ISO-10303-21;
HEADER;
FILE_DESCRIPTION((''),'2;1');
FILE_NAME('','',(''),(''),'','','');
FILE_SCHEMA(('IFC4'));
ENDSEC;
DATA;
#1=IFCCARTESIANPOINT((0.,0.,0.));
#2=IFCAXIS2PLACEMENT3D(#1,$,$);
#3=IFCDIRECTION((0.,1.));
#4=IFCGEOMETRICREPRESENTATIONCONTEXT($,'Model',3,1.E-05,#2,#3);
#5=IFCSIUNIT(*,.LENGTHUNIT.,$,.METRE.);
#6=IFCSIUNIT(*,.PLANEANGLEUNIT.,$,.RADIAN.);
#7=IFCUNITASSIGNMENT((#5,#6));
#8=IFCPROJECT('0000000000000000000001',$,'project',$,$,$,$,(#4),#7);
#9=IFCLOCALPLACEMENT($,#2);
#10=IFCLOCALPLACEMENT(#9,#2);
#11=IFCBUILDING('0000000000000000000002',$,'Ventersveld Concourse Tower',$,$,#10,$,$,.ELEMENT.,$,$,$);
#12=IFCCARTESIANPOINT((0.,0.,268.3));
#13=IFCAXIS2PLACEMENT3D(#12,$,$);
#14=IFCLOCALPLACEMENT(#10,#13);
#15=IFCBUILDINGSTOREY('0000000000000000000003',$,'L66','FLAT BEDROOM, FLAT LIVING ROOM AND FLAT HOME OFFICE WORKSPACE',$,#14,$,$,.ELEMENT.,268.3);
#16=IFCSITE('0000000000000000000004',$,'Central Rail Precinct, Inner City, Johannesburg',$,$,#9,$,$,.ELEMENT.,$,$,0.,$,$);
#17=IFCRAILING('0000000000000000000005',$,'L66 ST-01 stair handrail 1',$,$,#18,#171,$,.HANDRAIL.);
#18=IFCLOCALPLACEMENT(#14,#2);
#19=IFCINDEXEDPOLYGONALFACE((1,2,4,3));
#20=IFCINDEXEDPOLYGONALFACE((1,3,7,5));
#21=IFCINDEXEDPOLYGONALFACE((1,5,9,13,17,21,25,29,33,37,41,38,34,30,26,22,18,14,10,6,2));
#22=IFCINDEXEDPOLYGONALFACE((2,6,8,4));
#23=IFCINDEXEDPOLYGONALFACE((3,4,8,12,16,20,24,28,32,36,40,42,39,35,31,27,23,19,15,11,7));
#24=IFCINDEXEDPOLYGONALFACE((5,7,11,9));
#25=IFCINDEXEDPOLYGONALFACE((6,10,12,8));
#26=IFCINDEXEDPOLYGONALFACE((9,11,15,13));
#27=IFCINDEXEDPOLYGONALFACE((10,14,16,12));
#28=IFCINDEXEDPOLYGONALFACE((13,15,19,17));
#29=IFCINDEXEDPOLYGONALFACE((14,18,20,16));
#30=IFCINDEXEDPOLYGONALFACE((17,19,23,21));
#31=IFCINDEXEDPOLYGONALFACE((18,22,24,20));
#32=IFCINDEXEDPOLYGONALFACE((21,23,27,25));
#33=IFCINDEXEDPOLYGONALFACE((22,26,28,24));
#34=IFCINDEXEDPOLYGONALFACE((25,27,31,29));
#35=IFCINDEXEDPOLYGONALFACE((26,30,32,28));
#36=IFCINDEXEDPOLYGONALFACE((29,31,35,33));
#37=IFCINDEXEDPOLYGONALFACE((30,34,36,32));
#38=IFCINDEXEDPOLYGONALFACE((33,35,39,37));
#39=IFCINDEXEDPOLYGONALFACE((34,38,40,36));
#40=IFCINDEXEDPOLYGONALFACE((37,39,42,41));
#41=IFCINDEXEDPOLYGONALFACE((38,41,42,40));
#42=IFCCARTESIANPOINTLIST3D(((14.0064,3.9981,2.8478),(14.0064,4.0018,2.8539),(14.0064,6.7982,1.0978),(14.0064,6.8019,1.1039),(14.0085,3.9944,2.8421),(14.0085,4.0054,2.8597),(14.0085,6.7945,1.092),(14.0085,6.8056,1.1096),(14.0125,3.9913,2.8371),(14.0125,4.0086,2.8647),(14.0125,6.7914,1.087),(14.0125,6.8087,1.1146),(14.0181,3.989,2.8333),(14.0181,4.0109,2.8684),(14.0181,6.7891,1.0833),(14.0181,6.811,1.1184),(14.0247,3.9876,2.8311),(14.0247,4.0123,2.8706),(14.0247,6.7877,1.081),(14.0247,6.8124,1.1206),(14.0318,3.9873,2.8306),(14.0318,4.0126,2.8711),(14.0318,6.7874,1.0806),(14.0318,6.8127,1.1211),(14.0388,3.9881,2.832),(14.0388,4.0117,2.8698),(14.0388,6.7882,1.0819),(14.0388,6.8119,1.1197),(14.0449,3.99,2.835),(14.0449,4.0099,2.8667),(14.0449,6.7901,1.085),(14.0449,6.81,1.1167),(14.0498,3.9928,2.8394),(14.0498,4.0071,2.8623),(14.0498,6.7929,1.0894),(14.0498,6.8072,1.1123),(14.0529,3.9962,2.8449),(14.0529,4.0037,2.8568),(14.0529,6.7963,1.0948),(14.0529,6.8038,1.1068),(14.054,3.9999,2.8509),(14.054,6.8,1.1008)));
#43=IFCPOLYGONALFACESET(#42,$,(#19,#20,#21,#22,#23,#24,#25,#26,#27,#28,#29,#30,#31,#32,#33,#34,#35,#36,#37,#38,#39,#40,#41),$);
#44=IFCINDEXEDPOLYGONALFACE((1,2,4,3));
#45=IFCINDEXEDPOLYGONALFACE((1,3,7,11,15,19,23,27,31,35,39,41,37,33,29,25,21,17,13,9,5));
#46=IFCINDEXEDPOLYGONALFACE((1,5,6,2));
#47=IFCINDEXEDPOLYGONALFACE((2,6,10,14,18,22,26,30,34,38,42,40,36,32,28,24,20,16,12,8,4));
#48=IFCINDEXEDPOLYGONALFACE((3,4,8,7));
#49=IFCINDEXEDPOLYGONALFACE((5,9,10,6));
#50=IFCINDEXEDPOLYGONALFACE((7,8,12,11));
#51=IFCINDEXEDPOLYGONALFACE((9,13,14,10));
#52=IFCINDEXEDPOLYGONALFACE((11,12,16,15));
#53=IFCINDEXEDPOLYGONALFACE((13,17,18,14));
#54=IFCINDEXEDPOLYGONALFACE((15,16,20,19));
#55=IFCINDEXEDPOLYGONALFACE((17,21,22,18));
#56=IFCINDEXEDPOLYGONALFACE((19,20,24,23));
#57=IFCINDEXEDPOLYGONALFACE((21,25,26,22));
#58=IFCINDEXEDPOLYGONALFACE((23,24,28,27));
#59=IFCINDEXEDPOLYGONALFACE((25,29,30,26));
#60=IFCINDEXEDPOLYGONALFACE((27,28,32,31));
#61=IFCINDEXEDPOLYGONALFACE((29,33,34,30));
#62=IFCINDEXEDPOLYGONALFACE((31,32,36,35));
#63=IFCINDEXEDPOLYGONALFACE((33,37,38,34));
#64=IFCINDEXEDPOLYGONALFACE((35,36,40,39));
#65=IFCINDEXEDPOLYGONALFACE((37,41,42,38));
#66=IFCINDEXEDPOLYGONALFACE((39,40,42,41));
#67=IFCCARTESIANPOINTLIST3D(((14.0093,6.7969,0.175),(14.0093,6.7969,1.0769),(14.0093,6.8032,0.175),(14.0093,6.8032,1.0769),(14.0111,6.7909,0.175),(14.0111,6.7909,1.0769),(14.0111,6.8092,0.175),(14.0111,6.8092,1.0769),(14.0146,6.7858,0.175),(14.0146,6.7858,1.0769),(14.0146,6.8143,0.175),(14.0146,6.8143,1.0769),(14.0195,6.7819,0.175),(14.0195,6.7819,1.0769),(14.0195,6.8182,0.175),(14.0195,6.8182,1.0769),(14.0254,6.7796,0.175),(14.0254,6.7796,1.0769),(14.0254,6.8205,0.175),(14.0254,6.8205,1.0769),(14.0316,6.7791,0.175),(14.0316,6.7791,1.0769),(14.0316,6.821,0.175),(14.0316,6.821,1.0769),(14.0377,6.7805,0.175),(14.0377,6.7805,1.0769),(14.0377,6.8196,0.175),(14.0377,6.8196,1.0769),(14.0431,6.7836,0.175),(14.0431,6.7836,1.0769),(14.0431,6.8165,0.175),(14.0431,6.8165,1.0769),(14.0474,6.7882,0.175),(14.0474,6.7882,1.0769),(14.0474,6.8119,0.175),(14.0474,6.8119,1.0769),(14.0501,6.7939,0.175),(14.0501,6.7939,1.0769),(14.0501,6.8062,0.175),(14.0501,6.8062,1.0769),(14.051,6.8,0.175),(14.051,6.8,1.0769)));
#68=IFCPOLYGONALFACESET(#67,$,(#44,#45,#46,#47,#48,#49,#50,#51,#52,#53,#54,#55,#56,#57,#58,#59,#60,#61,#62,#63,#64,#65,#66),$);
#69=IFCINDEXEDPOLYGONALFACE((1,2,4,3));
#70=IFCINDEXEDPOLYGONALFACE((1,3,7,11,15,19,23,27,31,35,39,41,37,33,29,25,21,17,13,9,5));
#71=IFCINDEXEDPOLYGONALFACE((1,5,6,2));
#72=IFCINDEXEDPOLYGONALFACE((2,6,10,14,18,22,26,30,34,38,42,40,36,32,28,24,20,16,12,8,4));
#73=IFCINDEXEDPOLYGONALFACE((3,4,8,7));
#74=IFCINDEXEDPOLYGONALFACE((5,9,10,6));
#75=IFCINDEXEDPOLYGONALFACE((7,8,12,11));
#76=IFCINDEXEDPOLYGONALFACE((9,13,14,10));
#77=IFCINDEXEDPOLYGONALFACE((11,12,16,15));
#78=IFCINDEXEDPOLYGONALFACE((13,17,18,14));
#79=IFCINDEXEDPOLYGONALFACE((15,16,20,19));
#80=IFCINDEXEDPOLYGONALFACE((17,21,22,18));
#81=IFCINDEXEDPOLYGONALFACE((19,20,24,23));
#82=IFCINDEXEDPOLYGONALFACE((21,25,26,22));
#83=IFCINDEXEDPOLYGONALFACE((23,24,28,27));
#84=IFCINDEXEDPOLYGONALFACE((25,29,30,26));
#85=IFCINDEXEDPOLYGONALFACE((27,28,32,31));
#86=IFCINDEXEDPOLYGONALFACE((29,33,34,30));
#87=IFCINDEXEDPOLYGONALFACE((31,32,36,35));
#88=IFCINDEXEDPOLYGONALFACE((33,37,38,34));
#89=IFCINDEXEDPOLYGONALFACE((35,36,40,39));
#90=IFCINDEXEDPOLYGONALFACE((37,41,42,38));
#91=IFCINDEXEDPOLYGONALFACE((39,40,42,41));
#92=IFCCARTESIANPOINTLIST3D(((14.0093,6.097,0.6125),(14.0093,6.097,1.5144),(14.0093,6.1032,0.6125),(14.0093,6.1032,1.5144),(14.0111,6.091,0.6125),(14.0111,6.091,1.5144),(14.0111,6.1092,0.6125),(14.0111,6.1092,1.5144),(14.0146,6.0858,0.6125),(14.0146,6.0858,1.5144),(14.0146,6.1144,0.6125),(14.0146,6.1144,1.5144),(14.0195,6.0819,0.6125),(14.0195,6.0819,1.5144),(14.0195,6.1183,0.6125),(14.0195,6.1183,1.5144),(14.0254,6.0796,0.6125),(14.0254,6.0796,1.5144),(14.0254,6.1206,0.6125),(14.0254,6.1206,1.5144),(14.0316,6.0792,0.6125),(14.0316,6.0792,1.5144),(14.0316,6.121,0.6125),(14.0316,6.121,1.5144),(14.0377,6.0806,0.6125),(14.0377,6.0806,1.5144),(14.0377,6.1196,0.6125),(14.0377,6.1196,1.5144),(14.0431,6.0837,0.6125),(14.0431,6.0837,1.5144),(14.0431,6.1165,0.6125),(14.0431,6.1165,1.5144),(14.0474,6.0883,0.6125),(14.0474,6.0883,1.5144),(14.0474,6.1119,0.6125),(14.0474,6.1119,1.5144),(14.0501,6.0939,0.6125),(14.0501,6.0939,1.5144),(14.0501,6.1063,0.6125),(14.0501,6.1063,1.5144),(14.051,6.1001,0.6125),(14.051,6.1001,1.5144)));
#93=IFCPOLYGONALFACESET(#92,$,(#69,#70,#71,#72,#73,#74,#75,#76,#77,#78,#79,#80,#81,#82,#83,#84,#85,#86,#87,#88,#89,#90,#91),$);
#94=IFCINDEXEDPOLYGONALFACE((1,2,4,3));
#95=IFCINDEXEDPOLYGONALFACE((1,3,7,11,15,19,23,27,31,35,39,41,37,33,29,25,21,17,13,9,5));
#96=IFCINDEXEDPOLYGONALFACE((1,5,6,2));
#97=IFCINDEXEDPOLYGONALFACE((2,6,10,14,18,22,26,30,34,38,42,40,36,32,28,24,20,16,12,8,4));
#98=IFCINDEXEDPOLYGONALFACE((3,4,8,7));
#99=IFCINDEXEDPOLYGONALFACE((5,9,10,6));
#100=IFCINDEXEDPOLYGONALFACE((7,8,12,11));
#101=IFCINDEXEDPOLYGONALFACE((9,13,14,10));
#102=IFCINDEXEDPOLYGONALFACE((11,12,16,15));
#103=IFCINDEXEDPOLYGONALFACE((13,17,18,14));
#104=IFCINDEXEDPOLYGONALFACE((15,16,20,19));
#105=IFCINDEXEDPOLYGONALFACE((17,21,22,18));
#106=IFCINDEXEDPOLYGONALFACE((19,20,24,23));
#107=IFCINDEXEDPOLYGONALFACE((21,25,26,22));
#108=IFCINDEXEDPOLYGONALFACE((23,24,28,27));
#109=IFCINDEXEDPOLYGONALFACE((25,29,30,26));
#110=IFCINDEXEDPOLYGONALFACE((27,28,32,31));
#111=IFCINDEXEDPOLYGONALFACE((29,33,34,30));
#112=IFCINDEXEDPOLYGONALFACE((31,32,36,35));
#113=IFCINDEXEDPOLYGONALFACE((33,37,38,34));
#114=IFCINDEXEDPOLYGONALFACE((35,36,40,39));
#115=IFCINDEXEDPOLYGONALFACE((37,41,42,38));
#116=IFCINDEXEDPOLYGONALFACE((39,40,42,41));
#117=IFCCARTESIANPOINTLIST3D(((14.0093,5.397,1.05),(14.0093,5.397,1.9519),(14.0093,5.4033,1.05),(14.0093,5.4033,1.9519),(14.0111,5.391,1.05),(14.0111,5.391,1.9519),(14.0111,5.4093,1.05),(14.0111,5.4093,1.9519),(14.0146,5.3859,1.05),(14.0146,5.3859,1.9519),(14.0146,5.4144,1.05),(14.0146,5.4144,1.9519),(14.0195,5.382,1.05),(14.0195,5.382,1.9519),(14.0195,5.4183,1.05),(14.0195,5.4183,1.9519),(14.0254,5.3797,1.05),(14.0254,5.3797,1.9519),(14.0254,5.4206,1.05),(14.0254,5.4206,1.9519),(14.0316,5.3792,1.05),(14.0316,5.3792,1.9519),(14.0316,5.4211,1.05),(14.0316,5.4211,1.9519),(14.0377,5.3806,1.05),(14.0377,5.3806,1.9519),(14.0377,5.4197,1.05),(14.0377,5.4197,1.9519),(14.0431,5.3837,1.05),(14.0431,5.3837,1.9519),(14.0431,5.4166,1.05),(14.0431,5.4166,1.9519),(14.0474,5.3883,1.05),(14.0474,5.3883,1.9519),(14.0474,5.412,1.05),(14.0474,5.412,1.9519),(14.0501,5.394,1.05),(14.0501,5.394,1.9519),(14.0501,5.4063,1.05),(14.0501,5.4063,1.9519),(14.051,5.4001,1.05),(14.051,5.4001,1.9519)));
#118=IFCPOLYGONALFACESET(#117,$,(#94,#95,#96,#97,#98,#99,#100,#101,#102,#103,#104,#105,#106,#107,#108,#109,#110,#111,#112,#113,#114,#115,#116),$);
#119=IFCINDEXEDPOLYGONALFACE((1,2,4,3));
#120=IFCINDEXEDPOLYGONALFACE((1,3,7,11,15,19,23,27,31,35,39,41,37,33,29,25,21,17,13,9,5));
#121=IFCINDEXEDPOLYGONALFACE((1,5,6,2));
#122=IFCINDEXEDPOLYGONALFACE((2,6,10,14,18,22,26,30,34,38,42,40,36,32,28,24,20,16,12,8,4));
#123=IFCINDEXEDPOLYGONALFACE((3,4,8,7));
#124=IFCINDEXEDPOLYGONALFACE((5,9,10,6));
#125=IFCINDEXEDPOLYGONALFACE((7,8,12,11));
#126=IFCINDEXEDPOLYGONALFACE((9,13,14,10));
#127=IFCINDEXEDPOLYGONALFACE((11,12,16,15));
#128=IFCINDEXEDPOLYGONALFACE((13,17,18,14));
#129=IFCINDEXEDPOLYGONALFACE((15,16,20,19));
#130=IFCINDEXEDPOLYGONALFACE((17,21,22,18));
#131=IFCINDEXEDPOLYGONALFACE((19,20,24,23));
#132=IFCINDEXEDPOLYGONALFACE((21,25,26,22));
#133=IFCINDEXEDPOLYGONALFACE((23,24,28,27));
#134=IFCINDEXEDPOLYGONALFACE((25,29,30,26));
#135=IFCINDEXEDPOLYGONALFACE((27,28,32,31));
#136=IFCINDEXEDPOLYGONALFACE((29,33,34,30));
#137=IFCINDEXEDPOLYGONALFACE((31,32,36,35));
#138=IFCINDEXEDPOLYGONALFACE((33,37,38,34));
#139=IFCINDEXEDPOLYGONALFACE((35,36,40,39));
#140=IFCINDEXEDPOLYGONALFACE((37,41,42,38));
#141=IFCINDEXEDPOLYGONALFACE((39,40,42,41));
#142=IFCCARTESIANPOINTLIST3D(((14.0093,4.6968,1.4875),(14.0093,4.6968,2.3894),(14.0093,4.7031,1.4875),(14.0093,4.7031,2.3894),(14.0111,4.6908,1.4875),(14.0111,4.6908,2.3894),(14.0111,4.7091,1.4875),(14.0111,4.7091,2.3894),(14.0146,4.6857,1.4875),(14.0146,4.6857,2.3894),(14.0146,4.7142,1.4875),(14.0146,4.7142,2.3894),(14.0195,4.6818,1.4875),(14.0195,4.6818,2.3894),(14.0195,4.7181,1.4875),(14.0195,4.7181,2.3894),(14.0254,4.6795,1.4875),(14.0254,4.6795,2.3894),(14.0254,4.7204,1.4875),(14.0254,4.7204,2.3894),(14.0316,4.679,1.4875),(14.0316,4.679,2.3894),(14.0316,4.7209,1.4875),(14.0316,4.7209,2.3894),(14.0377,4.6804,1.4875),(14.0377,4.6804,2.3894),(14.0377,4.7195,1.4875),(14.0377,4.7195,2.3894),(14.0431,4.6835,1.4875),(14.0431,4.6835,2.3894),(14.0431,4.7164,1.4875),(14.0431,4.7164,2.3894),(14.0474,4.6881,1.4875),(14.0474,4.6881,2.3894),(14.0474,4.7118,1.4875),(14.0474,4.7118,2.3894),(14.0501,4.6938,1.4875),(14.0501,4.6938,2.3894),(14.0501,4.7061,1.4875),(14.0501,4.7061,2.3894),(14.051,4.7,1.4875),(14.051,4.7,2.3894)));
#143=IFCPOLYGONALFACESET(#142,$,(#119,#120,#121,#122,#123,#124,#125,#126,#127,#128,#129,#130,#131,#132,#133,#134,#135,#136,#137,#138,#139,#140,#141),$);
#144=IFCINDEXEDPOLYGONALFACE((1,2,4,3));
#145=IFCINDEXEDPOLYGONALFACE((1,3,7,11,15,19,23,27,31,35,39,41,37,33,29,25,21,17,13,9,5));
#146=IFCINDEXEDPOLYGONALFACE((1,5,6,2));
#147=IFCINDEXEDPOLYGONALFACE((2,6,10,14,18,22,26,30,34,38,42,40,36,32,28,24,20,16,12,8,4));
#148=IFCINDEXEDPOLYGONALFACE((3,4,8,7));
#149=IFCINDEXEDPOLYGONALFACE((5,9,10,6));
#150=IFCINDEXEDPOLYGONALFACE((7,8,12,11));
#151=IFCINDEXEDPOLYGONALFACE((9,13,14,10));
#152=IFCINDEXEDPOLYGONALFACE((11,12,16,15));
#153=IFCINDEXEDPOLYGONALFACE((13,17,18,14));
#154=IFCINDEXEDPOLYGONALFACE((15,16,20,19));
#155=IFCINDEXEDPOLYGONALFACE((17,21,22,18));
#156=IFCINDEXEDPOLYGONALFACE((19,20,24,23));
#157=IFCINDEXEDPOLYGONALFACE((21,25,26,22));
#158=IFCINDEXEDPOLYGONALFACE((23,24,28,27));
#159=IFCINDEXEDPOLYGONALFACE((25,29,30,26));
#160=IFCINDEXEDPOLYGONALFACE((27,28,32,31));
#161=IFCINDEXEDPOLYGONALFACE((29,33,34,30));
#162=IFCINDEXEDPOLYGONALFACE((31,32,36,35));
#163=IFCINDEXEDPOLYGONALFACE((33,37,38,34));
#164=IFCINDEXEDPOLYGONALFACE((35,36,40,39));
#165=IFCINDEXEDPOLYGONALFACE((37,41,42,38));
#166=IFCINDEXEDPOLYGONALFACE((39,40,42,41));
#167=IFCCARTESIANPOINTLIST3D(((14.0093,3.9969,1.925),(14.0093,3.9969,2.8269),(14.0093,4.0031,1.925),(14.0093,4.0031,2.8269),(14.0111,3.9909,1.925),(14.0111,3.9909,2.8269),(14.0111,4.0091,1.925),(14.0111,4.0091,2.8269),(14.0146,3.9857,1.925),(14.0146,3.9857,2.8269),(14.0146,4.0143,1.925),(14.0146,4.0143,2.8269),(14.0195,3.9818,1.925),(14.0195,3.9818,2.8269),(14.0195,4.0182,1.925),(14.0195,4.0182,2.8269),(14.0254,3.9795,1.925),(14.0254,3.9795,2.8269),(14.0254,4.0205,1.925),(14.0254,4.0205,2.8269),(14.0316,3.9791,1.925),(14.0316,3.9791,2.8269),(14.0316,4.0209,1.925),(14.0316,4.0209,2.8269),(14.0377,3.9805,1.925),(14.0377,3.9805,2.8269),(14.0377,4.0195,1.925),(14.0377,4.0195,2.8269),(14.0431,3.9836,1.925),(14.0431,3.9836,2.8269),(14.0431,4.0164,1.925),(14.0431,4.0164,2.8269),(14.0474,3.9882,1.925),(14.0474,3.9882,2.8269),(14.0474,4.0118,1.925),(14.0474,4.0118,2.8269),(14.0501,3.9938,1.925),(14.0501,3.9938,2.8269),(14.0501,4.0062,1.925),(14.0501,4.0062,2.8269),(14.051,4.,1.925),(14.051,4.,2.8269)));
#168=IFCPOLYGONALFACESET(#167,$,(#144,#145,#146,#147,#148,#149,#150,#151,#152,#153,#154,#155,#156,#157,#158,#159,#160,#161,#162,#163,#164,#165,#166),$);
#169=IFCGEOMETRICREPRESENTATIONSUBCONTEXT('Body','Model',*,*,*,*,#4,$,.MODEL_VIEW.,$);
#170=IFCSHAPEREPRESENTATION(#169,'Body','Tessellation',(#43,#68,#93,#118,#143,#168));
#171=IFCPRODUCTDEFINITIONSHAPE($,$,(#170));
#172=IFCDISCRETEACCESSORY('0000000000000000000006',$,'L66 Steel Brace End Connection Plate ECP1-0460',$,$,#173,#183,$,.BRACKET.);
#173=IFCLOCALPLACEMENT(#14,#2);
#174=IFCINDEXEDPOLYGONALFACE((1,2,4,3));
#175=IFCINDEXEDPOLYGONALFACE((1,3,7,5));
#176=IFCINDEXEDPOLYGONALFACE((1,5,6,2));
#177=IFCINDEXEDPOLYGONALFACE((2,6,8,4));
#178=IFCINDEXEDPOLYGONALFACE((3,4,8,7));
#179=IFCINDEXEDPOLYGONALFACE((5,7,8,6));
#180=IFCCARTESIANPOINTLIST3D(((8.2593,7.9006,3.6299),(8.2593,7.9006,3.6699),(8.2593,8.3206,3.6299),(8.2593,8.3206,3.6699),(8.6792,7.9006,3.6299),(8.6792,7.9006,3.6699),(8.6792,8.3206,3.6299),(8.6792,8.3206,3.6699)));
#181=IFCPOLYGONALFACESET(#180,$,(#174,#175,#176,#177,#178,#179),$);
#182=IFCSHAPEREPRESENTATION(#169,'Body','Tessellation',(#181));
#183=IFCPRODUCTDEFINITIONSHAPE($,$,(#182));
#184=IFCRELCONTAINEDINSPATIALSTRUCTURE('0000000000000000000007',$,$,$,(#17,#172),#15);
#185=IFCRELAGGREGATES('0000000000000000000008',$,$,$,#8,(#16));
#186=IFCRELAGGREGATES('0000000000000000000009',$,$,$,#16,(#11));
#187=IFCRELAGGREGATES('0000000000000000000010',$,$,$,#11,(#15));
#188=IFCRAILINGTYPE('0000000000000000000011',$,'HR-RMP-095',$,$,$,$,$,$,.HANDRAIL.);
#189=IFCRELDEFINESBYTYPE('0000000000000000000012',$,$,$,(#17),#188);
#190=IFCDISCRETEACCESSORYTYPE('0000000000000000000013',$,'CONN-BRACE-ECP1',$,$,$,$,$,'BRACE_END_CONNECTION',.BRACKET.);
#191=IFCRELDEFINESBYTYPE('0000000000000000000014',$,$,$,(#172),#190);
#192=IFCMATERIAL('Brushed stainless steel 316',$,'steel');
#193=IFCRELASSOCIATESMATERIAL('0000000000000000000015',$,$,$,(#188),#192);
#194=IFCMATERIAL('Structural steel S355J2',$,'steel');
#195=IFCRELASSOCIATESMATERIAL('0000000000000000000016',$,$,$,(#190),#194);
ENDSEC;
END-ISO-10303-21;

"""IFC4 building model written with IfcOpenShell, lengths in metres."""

from ifc_helpers import new_model, si_unit, direction, frame, origin, origin_2d, place, context, subcontext, project, spatial, rectangle, circle, extrude, material, type_object, element, save


model = new_model("IFC4")

# Units and contexts
model_context = context("Model", 3, precision=1e-05, world=origin(), true_north=direction((0.0, 1.0)))
body_context = subcontext(model_context, "Body", "Model", "MODEL_VIEW")
ifc_project = project(units=[si_unit("LENGTHUNIT", "METRE"), si_unit("PLANEANGLEUNIT", "RADIAN")], contexts=[model_context])

# Site, building, storey
site_placement = place(None, origin())
site = spatial("IfcSite", under=ifc_project, at=site_placement, Name="Central Rail Precinct, Inner City, Johannesburg", CompositionType="ELEMENT", RefElevation=0.0)
building_placement = place(site_placement, origin())
building = spatial("IfcBuilding", under=site, at=building_placement, Name="Ventersveld Concourse Tower", CompositionType="ELEMENT")
storey_placement = place(building_placement, frame((0.0, 0.0, 268.3)))
storey = spatial("IfcBuildingStorey", under=building, at=storey_placement, Name="L66", Description="FLAT BEDROOM, FLAT LIVING ROOM AND FLAT HOME OFFICE WORKSPACE", CompositionType="ELEMENT", Elevation=268.3)

# Shared definitions
ifc_material_1 = material(Name="Structural steel S355J2", Category="steel")

# Railing
ifc_material_2 = material(Name="Brushed stainless steel 316", Category="steel")
railing_type = type_object("IfcRailingType", Name="HR-RMP-095", PredefinedType="HANDRAIL", material=ifc_material_2)
railing_placement = place(storey_placement, frame((14.03, 6.8, 0.175)))
element("IfcRailing", 1, at=railing_placement, inside=storey, type_object=railing_type, Name="L66 ST-01 stair handrail 1", PredefinedType="HANDRAIL", context=body_context, shape_type="SweptSolid", body=[
    extrude(circle(Radius=0.0239, at=origin_2d()), frame((0.0, 0.0, 0.9258), z_axis=(0.0, -0.848002, 0.529992), x_axis=(1.0, 0.0, 0.0)), (0.0, 0.0, 1.0), 3.302),
    extrude(circle(Radius=0.021, at=origin_2d()), origin(), (0.0, 0.0, 1.0), 0.9019),
    extrude(circle(Radius=0.021, at=origin_2d()), frame((0.0, -0.7, 0.4375)), (0.0, 0.0, 1.0), 0.9019),
    extrude(circle(Radius=0.021, at=origin_2d()), frame((0.0, -1.3999, 0.875)), (0.0, 0.0, 1.0), 0.9019),
    extrude(circle(Radius=0.021, at=origin_2d()), frame((0.0, -2.1001, 1.3125)), (0.0, 0.0, 1.0), 0.9019),
    extrude(circle(Radius=0.021, at=origin_2d()), frame((0.0, -2.8, 1.75)), (0.0, 0.0, 1.0), 0.9019),
])

# Discrete accessory
discrete_accessory_type = type_object("IfcDiscreteAccessoryType", Name="CONN-BRACE-ECP1", ElementType="BRACE_END_CONNECTION", PredefinedType="BRACKET", material=ifc_material_1)
discrete_accessory_placement = place(storey_placement, frame((8.4692, 8.1106, 3.6299), z_axis=(0.0, 0.0, 1.0), x_axis=(1.0, 0.0, 0.0)))
element("IfcDiscreteAccessory", 2, at=discrete_accessory_placement, inside=storey, type_object=discrete_accessory_type, Name="L66 Steel Brace End Connection Plate ECP1-0460", PredefinedType="BRACKET", context=body_context, shape_type="SweptSolid", body=[
    extrude(rectangle(XDim=0.4199, YDim=0.4199, at=origin_2d()), origin(), (0.0, 0.0, 1.0), 0.04),
])

save(model, "model.ifc")
